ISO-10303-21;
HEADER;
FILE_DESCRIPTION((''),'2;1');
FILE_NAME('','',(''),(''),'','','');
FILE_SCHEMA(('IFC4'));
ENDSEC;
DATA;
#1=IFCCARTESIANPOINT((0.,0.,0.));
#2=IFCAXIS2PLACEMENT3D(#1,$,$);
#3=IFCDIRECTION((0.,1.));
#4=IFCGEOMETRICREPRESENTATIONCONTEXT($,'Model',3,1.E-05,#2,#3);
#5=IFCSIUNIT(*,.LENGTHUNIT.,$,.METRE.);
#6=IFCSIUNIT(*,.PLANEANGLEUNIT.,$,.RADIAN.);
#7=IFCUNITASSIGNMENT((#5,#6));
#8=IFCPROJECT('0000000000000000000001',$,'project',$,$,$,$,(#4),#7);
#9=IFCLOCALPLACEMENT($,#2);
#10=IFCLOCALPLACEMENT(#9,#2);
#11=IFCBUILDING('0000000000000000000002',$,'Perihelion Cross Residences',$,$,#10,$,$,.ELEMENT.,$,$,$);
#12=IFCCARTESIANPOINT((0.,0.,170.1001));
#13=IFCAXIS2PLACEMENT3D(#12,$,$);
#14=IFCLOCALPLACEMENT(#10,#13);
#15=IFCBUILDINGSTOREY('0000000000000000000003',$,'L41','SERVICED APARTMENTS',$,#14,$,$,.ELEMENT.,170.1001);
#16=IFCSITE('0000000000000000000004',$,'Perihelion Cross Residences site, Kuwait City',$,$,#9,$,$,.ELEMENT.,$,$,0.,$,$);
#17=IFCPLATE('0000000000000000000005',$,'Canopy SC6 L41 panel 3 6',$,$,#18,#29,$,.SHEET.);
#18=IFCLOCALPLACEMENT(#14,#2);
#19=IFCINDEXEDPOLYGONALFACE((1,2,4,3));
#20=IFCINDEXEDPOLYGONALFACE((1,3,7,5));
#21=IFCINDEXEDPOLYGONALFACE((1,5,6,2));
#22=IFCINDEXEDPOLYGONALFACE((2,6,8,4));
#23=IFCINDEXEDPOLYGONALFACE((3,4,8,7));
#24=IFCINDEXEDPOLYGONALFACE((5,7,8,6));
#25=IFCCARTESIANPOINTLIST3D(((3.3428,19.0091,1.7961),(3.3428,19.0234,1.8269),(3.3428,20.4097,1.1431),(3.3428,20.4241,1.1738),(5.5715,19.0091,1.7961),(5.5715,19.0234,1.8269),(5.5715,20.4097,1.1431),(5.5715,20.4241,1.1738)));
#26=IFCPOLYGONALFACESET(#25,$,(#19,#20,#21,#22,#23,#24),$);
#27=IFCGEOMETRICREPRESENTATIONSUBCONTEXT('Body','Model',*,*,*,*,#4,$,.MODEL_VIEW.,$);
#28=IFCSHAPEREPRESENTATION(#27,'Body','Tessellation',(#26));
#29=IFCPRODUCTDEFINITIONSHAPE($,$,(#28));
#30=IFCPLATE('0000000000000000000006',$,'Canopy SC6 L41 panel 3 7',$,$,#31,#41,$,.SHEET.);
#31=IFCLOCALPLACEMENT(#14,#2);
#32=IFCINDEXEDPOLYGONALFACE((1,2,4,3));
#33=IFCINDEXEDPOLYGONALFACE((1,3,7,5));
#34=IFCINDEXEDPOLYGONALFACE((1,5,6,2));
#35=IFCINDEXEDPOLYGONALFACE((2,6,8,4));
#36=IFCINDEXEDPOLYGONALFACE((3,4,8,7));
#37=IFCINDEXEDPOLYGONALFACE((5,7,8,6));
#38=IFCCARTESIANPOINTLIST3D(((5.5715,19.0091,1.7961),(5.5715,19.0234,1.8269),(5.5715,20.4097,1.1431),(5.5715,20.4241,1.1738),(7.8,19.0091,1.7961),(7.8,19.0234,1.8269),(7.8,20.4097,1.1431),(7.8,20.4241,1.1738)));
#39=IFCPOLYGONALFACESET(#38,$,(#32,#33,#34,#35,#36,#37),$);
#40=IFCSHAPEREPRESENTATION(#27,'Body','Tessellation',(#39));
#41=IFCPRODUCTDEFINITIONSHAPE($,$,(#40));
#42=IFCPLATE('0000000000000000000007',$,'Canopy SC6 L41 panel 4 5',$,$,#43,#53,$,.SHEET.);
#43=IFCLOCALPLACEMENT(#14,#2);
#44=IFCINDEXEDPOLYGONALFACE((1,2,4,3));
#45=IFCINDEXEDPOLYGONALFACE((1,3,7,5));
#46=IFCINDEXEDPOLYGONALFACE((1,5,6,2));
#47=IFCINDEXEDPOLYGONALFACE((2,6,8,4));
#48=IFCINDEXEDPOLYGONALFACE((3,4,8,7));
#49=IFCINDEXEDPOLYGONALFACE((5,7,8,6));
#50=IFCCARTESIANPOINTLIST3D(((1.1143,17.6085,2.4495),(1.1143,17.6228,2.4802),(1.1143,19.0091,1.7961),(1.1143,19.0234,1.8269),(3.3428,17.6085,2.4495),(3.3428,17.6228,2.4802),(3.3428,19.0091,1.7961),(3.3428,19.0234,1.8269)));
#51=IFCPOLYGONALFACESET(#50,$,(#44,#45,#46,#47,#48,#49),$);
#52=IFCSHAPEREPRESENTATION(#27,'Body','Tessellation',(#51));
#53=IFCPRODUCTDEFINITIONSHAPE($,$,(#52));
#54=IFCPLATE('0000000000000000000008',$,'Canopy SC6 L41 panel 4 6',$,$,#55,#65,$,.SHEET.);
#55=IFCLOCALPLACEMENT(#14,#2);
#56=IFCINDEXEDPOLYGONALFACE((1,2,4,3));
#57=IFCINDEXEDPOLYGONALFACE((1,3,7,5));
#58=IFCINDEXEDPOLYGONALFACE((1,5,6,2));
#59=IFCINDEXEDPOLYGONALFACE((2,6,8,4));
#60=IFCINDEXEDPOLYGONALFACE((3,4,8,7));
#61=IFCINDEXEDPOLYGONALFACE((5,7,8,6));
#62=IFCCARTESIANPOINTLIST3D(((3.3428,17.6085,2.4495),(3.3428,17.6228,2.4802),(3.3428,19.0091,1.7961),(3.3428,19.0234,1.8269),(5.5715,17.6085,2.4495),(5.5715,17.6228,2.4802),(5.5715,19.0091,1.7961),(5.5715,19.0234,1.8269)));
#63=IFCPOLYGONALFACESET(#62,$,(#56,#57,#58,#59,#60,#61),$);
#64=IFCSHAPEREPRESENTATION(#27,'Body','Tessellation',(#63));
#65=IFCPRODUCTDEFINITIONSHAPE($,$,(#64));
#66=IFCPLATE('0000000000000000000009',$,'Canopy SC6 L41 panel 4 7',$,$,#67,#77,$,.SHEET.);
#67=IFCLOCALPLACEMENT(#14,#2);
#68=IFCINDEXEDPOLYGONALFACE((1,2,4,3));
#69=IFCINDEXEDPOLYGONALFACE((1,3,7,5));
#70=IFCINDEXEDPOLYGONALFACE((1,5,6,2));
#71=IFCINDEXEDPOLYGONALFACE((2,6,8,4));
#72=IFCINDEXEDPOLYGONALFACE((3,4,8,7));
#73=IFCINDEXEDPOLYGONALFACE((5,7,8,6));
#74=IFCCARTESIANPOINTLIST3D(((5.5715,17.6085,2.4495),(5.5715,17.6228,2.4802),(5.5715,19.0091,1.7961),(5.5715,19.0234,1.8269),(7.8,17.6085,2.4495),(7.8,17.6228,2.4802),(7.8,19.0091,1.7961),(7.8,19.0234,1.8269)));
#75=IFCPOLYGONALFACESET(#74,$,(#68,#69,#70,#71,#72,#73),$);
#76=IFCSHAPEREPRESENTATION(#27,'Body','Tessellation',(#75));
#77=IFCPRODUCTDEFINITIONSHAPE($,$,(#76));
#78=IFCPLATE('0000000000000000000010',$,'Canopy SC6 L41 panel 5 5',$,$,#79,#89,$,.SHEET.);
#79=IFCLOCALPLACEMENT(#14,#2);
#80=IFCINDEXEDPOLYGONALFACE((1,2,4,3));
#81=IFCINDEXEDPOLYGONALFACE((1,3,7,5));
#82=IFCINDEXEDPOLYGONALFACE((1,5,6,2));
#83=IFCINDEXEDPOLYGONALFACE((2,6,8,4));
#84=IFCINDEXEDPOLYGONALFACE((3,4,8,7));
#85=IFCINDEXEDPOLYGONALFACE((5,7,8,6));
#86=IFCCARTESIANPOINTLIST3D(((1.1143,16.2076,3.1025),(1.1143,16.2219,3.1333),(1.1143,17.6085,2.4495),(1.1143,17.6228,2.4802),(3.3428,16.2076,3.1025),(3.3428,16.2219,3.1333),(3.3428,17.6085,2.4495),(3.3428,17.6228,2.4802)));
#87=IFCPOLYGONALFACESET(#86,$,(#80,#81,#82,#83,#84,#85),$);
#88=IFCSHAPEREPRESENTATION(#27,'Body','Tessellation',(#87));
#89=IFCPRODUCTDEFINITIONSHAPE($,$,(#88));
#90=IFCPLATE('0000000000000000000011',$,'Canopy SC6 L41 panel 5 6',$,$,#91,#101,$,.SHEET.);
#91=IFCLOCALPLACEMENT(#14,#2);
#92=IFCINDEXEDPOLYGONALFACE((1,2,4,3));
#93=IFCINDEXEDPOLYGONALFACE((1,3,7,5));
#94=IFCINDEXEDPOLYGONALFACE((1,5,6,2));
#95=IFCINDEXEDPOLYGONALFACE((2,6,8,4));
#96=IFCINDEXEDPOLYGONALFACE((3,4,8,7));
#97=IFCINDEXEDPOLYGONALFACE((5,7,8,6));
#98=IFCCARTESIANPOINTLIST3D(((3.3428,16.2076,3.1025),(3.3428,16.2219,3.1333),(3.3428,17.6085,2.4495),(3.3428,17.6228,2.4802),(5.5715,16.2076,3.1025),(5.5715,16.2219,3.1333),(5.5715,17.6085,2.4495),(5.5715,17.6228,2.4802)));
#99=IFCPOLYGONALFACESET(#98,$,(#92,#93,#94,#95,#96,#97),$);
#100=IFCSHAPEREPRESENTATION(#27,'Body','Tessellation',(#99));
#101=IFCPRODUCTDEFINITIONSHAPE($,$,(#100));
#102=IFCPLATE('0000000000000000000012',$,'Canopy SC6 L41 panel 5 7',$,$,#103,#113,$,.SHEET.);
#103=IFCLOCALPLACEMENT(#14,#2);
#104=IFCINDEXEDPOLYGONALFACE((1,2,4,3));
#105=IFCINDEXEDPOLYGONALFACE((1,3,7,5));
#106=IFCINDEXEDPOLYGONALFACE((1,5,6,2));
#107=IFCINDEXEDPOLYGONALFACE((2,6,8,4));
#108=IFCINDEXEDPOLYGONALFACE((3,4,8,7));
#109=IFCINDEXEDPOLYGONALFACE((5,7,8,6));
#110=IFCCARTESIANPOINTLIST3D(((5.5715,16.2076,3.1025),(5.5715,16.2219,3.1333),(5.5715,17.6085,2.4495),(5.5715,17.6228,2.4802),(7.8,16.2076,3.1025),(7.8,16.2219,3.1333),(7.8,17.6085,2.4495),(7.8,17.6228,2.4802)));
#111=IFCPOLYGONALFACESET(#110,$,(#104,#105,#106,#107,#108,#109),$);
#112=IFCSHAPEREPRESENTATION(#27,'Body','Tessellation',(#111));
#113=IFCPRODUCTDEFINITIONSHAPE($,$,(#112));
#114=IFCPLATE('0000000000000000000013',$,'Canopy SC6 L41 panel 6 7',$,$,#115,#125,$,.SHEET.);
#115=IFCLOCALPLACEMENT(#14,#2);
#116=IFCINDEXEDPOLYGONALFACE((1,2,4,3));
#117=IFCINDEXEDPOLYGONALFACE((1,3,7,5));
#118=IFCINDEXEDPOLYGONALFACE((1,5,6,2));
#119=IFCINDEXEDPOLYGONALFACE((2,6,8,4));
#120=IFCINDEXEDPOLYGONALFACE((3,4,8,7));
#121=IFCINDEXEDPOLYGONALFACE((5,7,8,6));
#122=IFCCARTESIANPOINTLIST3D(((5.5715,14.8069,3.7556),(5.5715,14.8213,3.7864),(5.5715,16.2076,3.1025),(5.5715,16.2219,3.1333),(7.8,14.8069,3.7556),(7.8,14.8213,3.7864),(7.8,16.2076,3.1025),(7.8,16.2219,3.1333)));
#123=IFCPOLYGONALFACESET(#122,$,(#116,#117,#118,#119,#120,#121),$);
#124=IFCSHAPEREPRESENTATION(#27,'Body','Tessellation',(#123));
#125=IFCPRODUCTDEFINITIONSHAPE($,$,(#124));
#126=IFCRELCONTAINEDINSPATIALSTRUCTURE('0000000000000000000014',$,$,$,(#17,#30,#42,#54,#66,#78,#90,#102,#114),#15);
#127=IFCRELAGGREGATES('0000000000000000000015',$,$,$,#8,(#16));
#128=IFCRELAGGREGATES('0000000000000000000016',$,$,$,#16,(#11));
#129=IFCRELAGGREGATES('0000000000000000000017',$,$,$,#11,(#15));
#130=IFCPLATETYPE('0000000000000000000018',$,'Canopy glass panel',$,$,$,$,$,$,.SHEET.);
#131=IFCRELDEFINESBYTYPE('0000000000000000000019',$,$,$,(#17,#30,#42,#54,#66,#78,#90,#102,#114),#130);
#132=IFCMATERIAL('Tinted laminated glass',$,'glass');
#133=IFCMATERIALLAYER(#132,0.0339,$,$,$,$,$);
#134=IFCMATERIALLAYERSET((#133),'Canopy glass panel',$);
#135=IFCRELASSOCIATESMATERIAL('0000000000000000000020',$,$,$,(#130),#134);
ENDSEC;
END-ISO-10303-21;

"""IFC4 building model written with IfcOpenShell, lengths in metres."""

from ifc_helpers import new_model, si_unit, direction, frame, origin, place, context, subcontext, project, spatial, polyline, outline, extrude, material, layer, layer_set, type_object, element, save


model = new_model("IFC4")

# Units and contexts
model_context = context("Model", 3, precision=1e-05, world=origin(), true_north=direction((0.0, 1.0)))
body_context = subcontext(model_context, "Body", "Model", "MODEL_VIEW")
ifc_project = project(units=[si_unit("LENGTHUNIT", "METRE"), si_unit("PLANEANGLEUNIT", "RADIAN")], contexts=[model_context])

# Site, building, storey
site_placement = place(None, origin())
site = spatial("IfcSite", under=ifc_project, at=site_placement, Name="Perihelion Cross Residences site, Kuwait City", CompositionType="ELEMENT", RefElevation=0.0)
building_placement = place(site_placement, origin())
building = spatial("IfcBuilding", under=site, at=building_placement, Name="Perihelion Cross Residences", CompositionType="ELEMENT")
storey_placement = place(building_placement, frame((0.0, 0.0, 170.1001)))
storey = spatial("IfcBuildingStorey", under=building, at=storey_placement, Name="L41", Description="SERVICED APARTMENTS", CompositionType="ELEMENT", Elevation=170.1001)

# Plates
ifc_material_1 = material(Name="Tinted laminated glass", Category="glass")
ifc_layer = layer(ifc_material_1, 0.0339)
ifc_layer_set = layer_set([ifc_layer], Name="Canopy glass panel")
plate_type = type_object("IfcPlateType", Name="Canopy glass panel", PredefinedType="SHEET", material=ifc_layer_set)
plate_1_placement = place(storey_placement, frame((3.3428, 20.4241, 1.1738), z_axis=(0.0, 0.422591, 0.90632), x_axis=(1.0, 0.0, 0.0)))
element("IfcPlate", 1, at=plate_1_placement, inside=storey, type_object=plate_type, Name="Canopy SC6 L41 panel 3 6", PredefinedType="SHEET", context=body_context, shape_type="SweptSolid", body=[
    extrude(outline(polyline([(0.0, 0.0), (2.2288, 0.0), (2.2288, -1.5454), (0.0, -1.5454), (0.0, 0.0)])), origin(), (0.0, 0.0, -1.0), 0.0339),
])
plate_2_placement = place(storey_placement, frame((5.5715, 20.4241, 1.1738), z_axis=(0.0, 0.422591, 0.90632), x_axis=(1.0, 0.0, 0.0)))
element("IfcPlate", 2, at=plate_2_placement, inside=storey, type_object=plate_type, Name="Canopy SC6 L41 panel 3 7", PredefinedType="SHEET", context=body_context, shape_type="SweptSolid", body=[
    extrude(outline(polyline([(0.0, 0.0), (2.2285, 0.0), (2.2285, -1.5454), (0.0, -1.5454), (0.0, 0.0)])), origin(), (0.0, 0.0, -1.0), 0.0339),
])
plate_3_placement = place(storey_placement, frame((1.1143, 19.0234, 1.8269), z_axis=(0.0, 0.422721, 0.90626), x_axis=(1.0, 0.0, 0.0)))
element("IfcPlate", 3, at=plate_3_placement, inside=storey, type_object=plate_type, Name="Canopy SC6 L41 panel 4 5", PredefinedType="SHEET", context=body_context, shape_type="SweptSolid", body=[
    extrude(outline(polyline([(0.0, 0.0), (2.2285, 0.0), (2.2285, -1.5455), (0.0, -1.5455), (0.0, 0.0)])), origin(), (0.0, 0.0, -1.0), 0.0339),
])
plate_4_placement = place(storey_placement, frame((3.3428, 19.0234, 1.8269), z_axis=(0.0, 0.422721, 0.90626), x_axis=(1.0, 0.0, 0.0)))
element("IfcPlate", 4, at=plate_4_placement, inside=storey, type_object=plate_type, Name="Canopy SC6 L41 panel 4 6", PredefinedType="SHEET", context=body_context, shape_type="SweptSolid", body=[
    extrude(outline(polyline([(0.0, 0.0), (2.2288, 0.0), (2.2288, -1.5455), (0.0, -1.5455), (0.0, 0.0)])), origin(), (0.0, 0.0, -1.0), 0.0339),
])
plate_5_placement = place(storey_placement, frame((5.5715, 19.0234, 1.8269), z_axis=(0.0, 0.422721, 0.90626), x_axis=(1.0, 0.0, 0.0)))
element("IfcPlate", 5, at=plate_5_placement, inside=storey, type_object=plate_type, Name="Canopy SC6 L41 panel 4 7", PredefinedType="SHEET", context=body_context, shape_type="SweptSolid", body=[
    extrude(outline(polyline([(0.0, 0.0), (2.2285, 0.0), (2.2285, -1.5455), (0.0, -1.5455), (0.0, 0.0)])), origin(), (0.0, 0.0, -1.0), 0.0339),
])
plate_6_placement = place(storey_placement, frame((1.1143, 17.6228, 2.4802), z_axis=(0.0, 0.422531, 0.906349), x_axis=(1.0, 0.0, 0.0)))
element("IfcPlate", 6, at=plate_6_placement, inside=storey, type_object=plate_type, Name="Canopy SC6 L41 panel 5 5", PredefinedType="SHEET", context=body_context, shape_type="SweptSolid", body=[
    extrude(outline(polyline([(0.0, 0.0), (2.2285, 0.0), (2.2285, -1.5456), (0.0, -1.5456), (0.0, 0.0)])), origin(), (0.0, 0.0, -1.0), 0.0339),
])
plate_7_placement = place(storey_placement, frame((3.3428, 17.6228, 2.4802), z_axis=(0.0, 0.422531, 0.906349), x_axis=(1.0, 0.0, 0.0)))
element("IfcPlate", 7, at=plate_7_placement, inside=storey, type_object=plate_type, Name="Canopy SC6 L41 panel 5 6", PredefinedType="SHEET", context=body_context, shape_type="SweptSolid", body=[
    extrude(outline(polyline([(0.0, 0.0), (2.2288, 0.0), (2.2288, -1.5456), (0.0, -1.5456), (0.0, 0.0)])), origin(), (0.0, 0.0, -1.0), 0.0339),
])
plate_8_placement = place(storey_placement, frame((5.5715, 17.6228, 2.4802), z_axis=(0.0, 0.422531, 0.906349), x_axis=(1.0, 0.0, 0.0)))
element("IfcPlate", 8, at=plate_8_placement, inside=storey, type_object=plate_type, Name="Canopy SC6 L41 panel 5 7", PredefinedType="SHEET", context=body_context, shape_type="SweptSolid", body=[
    extrude(outline(polyline([(0.0, 0.0), (2.2285, 0.0), (2.2285, -1.5456), (0.0, -1.5456), (0.0, 0.0)])), origin(), (0.0, 0.0, -1.0), 0.0339),
])
plate_9_placement = place(storey_placement, frame((5.5715, 16.2219, 3.1333), z_axis=(0.0, 0.422591, 0.90632), x_axis=(1.0, 0.0, 0.0)))
element("IfcPlate", 9, at=plate_9_placement, inside=storey, type_object=plate_type, Name="Canopy SC6 L41 panel 6 7", PredefinedType="SHEET", context=body_context, shape_type="SweptSolid", body=[
    extrude(outline(polyline([(0.0, 0.0), (2.2285, 0.0), (2.2285, -1.5454), (0.0, -1.5454), (0.0, 0.0)])), origin(), (0.0, 0.0, -1.0), 0.0339),
])

save(model, "model.ifc")
